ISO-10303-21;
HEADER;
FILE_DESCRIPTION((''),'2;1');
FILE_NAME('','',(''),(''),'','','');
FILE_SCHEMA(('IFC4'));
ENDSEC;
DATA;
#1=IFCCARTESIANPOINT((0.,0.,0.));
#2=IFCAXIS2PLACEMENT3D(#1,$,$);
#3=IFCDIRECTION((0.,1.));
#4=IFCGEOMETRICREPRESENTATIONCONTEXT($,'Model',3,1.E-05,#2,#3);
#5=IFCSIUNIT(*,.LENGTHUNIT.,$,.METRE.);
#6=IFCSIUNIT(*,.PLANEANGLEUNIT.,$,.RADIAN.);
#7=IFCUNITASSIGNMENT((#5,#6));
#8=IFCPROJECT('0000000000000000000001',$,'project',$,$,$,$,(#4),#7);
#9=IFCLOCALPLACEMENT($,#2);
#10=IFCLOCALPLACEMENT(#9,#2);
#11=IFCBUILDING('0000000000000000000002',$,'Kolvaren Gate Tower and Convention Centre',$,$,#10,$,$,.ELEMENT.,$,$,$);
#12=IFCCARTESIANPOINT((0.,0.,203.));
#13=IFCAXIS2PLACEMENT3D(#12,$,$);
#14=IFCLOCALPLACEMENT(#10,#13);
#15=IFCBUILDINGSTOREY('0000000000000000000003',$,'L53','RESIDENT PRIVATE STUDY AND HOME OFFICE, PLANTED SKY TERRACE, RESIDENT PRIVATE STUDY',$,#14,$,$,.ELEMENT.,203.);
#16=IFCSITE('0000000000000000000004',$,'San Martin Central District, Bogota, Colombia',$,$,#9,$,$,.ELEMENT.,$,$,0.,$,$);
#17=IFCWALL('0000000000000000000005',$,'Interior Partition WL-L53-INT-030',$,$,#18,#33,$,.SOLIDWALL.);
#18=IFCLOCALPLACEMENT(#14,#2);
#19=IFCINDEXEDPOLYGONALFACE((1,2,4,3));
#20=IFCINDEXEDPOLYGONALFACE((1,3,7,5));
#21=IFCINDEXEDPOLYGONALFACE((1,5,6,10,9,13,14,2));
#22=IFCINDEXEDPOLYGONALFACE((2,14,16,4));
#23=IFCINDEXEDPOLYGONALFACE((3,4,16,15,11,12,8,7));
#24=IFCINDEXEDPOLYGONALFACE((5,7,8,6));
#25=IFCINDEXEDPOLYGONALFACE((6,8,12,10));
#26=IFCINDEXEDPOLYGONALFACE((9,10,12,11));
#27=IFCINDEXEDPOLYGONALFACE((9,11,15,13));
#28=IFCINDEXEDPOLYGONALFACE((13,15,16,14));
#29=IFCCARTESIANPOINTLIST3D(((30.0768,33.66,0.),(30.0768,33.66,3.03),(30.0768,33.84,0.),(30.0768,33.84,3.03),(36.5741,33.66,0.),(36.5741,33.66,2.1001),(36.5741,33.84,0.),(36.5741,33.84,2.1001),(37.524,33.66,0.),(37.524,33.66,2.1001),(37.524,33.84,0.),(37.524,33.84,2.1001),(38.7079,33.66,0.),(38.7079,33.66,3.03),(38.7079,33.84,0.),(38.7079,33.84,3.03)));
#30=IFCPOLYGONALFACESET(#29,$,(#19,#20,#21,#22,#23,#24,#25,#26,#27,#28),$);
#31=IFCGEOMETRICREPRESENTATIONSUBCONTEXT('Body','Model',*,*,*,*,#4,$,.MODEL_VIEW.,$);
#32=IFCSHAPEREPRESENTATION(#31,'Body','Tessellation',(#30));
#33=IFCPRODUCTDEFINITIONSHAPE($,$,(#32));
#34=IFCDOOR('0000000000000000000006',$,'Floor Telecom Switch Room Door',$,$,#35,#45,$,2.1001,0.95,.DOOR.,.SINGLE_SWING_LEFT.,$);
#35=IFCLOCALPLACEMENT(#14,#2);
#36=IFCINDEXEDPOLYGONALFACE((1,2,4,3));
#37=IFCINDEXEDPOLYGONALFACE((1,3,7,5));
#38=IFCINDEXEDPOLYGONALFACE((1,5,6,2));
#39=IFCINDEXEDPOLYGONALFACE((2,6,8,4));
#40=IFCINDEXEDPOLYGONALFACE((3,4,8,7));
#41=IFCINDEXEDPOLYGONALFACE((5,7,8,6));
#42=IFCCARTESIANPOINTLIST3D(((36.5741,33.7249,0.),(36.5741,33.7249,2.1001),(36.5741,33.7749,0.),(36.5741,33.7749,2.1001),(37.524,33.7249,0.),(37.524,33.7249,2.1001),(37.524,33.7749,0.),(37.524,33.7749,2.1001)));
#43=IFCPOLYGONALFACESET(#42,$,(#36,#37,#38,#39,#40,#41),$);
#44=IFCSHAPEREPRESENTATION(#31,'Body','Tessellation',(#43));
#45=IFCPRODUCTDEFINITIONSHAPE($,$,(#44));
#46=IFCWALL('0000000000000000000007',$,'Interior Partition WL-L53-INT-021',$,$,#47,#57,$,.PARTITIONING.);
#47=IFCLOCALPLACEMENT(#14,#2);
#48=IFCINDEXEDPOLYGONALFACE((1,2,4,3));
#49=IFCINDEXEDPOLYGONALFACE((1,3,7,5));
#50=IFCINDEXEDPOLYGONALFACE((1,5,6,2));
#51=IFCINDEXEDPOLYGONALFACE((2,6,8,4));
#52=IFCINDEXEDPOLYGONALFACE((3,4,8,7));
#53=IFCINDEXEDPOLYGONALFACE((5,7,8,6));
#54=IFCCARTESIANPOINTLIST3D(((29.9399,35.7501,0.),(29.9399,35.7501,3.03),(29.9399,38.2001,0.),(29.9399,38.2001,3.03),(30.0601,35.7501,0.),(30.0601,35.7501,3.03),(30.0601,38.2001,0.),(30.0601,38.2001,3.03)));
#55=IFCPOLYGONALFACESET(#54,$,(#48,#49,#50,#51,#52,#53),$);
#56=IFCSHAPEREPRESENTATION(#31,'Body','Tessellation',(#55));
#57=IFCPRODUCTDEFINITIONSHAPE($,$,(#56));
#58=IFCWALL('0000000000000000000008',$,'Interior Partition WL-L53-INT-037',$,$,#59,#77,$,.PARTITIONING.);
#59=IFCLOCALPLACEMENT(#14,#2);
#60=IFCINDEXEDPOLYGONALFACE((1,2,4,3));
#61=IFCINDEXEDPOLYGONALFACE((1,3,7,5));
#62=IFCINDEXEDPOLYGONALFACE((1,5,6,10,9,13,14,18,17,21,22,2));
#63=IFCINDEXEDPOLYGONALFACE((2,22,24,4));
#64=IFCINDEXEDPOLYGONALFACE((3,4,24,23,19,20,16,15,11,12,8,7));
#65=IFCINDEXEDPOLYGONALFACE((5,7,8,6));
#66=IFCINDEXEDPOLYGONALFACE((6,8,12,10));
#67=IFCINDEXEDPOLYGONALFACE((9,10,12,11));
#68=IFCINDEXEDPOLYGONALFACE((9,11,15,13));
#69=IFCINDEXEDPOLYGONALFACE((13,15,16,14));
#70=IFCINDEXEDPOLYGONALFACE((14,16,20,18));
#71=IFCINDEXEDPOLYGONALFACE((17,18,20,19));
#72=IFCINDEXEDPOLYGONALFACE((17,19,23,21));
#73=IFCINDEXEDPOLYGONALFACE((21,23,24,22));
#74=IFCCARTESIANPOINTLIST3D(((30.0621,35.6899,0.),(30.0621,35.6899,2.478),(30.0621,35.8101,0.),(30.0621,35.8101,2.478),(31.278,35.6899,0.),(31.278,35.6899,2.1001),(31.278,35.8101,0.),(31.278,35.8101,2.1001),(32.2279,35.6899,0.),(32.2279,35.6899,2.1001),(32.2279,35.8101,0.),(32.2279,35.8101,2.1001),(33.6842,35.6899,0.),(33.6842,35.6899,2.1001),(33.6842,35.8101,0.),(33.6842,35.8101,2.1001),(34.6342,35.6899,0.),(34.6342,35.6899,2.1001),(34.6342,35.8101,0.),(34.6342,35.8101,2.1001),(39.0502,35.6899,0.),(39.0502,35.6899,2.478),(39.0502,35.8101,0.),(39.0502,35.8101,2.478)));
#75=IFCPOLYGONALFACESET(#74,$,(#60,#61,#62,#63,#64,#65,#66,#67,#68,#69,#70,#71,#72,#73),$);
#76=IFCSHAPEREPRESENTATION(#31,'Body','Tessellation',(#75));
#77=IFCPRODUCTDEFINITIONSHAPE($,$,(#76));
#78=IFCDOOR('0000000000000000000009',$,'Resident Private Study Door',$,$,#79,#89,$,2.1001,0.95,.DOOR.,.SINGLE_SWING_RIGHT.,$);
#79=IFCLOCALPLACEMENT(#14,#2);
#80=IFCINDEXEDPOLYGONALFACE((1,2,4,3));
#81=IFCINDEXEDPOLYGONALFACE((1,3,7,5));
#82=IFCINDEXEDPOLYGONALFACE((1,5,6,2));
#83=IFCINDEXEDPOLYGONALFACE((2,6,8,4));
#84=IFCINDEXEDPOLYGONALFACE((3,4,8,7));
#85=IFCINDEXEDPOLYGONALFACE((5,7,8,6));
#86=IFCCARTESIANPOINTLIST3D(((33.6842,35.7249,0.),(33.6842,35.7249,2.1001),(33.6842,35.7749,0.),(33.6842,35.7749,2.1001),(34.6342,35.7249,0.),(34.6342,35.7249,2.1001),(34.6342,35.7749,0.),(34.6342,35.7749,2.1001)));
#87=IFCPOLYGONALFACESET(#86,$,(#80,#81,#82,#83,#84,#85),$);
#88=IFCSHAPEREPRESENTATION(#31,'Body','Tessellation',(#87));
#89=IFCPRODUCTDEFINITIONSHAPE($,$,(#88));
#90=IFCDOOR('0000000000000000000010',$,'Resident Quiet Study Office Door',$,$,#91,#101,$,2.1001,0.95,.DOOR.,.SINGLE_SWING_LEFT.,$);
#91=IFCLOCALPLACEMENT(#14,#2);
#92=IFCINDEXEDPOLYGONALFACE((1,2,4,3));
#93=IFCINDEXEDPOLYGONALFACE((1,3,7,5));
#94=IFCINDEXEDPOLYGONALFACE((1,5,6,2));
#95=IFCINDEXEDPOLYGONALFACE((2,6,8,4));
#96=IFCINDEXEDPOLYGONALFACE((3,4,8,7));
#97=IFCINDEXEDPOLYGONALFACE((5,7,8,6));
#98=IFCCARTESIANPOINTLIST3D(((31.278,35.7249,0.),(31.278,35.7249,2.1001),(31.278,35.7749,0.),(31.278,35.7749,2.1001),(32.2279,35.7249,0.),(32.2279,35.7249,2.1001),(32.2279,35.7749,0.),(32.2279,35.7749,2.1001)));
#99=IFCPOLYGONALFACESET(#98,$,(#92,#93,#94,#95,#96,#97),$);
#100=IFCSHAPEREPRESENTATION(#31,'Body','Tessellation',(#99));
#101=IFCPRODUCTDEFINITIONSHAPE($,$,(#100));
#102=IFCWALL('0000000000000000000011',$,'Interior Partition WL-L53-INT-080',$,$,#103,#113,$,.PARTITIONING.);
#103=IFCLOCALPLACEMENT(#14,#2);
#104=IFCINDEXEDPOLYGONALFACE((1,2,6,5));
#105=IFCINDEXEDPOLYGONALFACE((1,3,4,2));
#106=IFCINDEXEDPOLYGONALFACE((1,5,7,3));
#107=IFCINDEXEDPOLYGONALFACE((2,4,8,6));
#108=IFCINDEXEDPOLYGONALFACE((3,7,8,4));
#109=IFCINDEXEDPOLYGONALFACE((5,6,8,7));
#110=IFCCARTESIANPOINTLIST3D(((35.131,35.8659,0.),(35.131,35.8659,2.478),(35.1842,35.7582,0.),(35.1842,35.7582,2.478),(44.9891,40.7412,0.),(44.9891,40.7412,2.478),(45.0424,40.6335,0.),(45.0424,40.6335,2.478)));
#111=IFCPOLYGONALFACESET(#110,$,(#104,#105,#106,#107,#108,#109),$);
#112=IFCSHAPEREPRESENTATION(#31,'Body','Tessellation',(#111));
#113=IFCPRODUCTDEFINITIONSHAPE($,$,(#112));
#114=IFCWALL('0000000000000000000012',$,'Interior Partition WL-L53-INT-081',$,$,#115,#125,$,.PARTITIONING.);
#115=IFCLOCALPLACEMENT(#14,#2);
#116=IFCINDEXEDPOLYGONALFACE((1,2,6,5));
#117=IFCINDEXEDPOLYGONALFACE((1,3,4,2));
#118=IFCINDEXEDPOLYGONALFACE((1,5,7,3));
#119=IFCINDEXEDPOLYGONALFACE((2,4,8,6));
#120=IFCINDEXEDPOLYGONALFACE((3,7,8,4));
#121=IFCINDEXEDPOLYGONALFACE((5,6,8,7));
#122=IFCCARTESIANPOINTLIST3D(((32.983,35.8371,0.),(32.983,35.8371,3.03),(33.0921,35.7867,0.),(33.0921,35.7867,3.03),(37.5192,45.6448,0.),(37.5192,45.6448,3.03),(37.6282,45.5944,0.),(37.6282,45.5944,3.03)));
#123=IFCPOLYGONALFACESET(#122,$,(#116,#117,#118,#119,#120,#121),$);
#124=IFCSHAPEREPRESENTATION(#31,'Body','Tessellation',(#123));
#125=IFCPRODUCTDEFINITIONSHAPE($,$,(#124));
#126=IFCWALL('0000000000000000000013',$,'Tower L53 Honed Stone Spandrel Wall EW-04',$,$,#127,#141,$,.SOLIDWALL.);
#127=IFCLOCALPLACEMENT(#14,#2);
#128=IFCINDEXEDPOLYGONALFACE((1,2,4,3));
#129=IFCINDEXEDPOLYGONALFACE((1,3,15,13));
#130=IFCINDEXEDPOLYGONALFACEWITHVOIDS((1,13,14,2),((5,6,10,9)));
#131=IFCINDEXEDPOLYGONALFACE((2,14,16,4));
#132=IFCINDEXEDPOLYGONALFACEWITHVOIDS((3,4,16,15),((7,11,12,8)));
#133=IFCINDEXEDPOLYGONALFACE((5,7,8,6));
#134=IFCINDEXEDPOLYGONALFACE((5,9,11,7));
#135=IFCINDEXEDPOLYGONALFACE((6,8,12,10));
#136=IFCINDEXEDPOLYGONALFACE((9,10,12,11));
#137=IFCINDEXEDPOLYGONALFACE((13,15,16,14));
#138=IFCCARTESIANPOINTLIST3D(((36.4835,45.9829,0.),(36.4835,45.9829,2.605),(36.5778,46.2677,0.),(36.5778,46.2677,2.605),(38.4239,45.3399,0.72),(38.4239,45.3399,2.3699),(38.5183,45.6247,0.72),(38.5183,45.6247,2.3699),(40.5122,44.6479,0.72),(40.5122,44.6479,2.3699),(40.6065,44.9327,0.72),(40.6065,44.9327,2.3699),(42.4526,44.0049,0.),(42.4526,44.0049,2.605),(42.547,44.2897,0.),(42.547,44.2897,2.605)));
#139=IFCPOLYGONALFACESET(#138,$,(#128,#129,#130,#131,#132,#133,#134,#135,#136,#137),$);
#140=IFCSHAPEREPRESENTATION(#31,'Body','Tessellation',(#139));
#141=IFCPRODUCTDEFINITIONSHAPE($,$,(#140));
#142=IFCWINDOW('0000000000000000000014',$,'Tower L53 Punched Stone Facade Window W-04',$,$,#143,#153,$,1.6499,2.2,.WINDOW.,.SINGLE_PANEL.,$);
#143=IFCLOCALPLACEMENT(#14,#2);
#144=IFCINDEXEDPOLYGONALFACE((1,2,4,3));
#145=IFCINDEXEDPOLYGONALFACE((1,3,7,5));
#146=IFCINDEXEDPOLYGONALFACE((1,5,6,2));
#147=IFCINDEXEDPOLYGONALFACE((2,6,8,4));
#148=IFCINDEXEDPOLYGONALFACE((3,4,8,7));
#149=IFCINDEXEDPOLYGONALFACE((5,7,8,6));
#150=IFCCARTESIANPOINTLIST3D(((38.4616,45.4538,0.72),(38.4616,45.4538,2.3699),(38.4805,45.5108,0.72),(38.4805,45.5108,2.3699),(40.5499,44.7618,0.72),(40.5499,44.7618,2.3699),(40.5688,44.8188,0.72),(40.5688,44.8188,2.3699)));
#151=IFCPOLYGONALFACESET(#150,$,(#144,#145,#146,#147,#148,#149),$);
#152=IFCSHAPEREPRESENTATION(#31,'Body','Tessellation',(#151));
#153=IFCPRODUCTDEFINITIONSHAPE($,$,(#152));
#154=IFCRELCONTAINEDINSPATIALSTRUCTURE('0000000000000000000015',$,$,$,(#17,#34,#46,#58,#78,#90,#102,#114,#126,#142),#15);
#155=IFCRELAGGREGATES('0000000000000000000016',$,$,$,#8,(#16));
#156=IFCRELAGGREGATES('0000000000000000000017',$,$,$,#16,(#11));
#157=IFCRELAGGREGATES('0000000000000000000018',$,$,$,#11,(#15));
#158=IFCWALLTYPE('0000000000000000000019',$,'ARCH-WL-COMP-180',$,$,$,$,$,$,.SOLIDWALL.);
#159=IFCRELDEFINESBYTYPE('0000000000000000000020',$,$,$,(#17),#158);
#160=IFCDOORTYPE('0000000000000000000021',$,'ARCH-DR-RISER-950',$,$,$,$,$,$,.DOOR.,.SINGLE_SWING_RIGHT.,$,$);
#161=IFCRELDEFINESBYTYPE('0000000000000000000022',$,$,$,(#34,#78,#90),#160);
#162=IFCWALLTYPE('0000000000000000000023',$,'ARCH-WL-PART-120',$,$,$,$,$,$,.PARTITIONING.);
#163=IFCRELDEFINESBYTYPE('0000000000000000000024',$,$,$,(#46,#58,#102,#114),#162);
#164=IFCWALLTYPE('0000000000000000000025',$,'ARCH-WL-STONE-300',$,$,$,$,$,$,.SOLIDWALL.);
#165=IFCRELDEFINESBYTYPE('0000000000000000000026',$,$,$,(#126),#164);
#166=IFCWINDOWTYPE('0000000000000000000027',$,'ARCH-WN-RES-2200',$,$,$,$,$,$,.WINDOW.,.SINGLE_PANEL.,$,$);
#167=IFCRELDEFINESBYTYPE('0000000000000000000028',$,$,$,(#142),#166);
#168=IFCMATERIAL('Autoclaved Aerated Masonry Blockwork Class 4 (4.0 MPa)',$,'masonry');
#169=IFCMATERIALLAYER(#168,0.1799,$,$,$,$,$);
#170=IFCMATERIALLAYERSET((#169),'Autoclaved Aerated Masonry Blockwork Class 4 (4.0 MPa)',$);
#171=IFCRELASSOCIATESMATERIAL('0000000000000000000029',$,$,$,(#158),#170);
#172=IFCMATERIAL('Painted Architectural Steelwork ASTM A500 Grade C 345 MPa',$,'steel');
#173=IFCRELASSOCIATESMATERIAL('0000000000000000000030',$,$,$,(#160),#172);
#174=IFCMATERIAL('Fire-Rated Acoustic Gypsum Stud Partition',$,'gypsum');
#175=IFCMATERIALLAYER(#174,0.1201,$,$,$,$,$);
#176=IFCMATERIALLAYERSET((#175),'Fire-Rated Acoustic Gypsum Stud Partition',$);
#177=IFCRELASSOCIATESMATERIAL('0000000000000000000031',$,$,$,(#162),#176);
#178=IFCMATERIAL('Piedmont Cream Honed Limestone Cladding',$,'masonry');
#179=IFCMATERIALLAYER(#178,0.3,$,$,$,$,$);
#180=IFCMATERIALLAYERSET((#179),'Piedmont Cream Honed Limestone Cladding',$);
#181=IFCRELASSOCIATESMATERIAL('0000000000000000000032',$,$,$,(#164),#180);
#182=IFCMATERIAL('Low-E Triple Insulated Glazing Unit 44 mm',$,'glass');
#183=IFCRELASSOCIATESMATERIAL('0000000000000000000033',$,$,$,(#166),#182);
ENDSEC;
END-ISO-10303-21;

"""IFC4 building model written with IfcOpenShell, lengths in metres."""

from ifc_helpers import new_model, si_unit, direction, frame, frame_2d, origin, place, context, subcontext, project, spatial, rectangle, extrude, material, layer, layer_set, type_object, element, fill, save


model = new_model("IFC4")

# Units and contexts
model_context = context("Model", 3, precision=1e-05, world=origin(), true_north=direction((0.0, 1.0)))
body_context = subcontext(model_context, "Body", "Model", "MODEL_VIEW")
ifc_project = project(units=[si_unit("LENGTHUNIT", "METRE"), si_unit("PLANEANGLEUNIT", "RADIAN")], contexts=[model_context])

# Site, building, storey
site_placement = place(None, origin())
site = spatial("IfcSite", under=ifc_project, at=site_placement, Name="San Martin Central District, Bogota, Colombia", CompositionType="ELEMENT", RefElevation=0.0)
building_placement = place(site_placement, origin())
building = spatial("IfcBuilding", under=site, at=building_placement, Name="Kolvaren Gate Tower and Convention Centre", CompositionType="ELEMENT")
storey_placement = place(building_placement, frame((0.0, 0.0, 203.0)))
storey = spatial("IfcBuildingStorey", under=building, at=storey_placement, Name="L53", Description="RESIDENT PRIVATE STUDY AND HOME OFFICE, PLANTED SKY TERRACE, RESIDENT PRIVATE STUDY", CompositionType="ELEMENT", Elevation=203.0)

# Wall, opening, door
ifc_material_1 = material(Name="Autoclaved Aerated Masonry Blockwork Class 4 (4.0 MPa)", Category="masonry")
ifc_layer_1 = layer(ifc_material_1, 0.1799)
ifc_layer_set_1 = layer_set([ifc_layer_1], Name="Autoclaved Aerated Masonry Blockwork Class 4 (4.0 MPa)")
wall_type_1 = type_object("IfcWallType", Name="ARCH-WL-COMP-180", PredefinedType="SOLIDWALL", material=ifc_layer_set_1)
wall_1_placement = place(storey_placement, frame((30.0769, 33.75, 0.0), z_axis=(0.0, 0.0, 1.0), x_axis=(1.0, 0.0, 0.0)))
wall_1 = element("IfcWall", 1, at=wall_1_placement, inside=storey, type_object=wall_type_1, Name="Interior Partition WL-L53-INT-030", PredefinedType="SOLIDWALL", context=body_context, shape_type="SweptSolid", body=[
    extrude(rectangle(XDim=8.6311, YDim=0.1799, at=frame_2d((4.3154, 0.0))), origin(), (0.0, 0.0, 1.0), 3.03),
])
opening_1_placement = place(wall_1_placement, frame((6.4971, 0.0, 0.0)))
opening_1 = element("IfcOpeningElement", 2, at=opening_1_placement, cuts=wall_1, PredefinedType="OPENING", context=body_context, shape_type="SweptSolid", body=[
    extrude(rectangle(XDim=0.95, YDim=2.1001, at=frame_2d((0.4751, 1.05))), frame((0.0, 0.0999, 0.0), z_axis=(0.0, -1.0, 0.0), x_axis=(1.0, 0.0, 0.0)), (0.0, 0.0, 1.0), 0.2),
])
ifc_material_2 = material(Name="Painted Architectural Steelwork ASTM A500 Grade C 345 MPa", Category="steel")
door_type = type_object("IfcDoorType", Name="ARCH-DR-RISER-950", OperationType="SINGLE_SWING_RIGHT", PredefinedType="DOOR", material=ifc_material_2)
door_1_placement = place(opening_1_placement, origin())
door_1 = element("IfcDoor", 3, at=door_1_placement, inside=storey, type_object=door_type, Name="Floor Telecom Switch Room Door", OperationType="SINGLE_SWING_LEFT", OverallHeight=2.1001, OverallWidth=0.95, PredefinedType="DOOR", context=body_context, shape_type="SweptSolid", body=[
    extrude(rectangle(XDim=0.95, YDim=2.1001, at=frame_2d((0.4751, 1.05))), frame((0.0, 0.0249, 0.0), z_axis=(0.0, -1.0, 0.0), x_axis=(1.0, 0.0, 0.0)), (0.0, 0.0, 1.0), 0.05),
])
fill(opening_1, door_1)

# Wall
ifc_material_3 = material(Name="Fire-Rated Acoustic Gypsum Stud Partition", Category="gypsum")
ifc_layer_2 = layer(ifc_material_3, 0.1201)
ifc_layer_set_2 = layer_set([ifc_layer_2], Name="Fire-Rated Acoustic Gypsum Stud Partition")
wall_type_2 = type_object("IfcWallType", Name="ARCH-WL-PART-120", PredefinedType="PARTITIONING", material=ifc_layer_set_2)
wall_2_placement = place(storey_placement, frame((30.0, 35.75, 0.0), z_axis=(0.0, 0.0, 1.0), x_axis=(0.0, 1.0, 0.0)))
element("IfcWall", 4, at=wall_2_placement, inside=storey, type_object=wall_type_2, Name="Interior Partition WL-L53-INT-021", PredefinedType="PARTITIONING", context=body_context, shape_type="SweptSolid", body=[
    extrude(rectangle(XDim=2.45, YDim=0.1201, at=frame_2d((1.2251, 0.0))), origin(), (0.0, 0.0, 1.0), 3.03),
])

# Wall, openings, doors
wall_3_placement = place(storey_placement, frame((30.062, 35.75, 0.0), z_axis=(0.0, 0.0, 1.0), x_axis=(1.0, 0.0, 0.0)))
wall_3 = element("IfcWall", 5, at=wall_3_placement, inside=storey, type_object=wall_type_2, Name="Interior Partition WL-L53-INT-037", PredefinedType="PARTITIONING", context=body_context, shape_type="SweptSolid", body=[
    extrude(rectangle(XDim=8.988, YDim=0.1201, at=frame_2d((4.4941, 0.0))), origin(), (0.0, 0.0, 1.0), 2.478),
])
opening_2_placement = place(wall_3_placement, frame((3.6221, 0.0, 0.0)))
opening_2 = element("IfcOpeningElement", 6, at=opening_2_placement, cuts=wall_3, PredefinedType="OPENING", context=body_context, shape_type="SweptSolid", body=[
    extrude(rectangle(XDim=0.95, YDim=2.1001, at=frame_2d((0.4751, 1.05))), frame((0.0, 0.0701, 0.0), z_axis=(0.0, -1.0, 0.0), x_axis=(1.0, 0.0, 0.0)), (0.0, 0.0, 1.0), 0.1401),
])
opening_3_placement = place(wall_3_placement, frame((1.2158, 0.0, 0.0)))
opening_3 = element("IfcOpeningElement", 7, at=opening_3_placement, cuts=wall_3, PredefinedType="OPENING", context=body_context, shape_type="SweptSolid", body=[
    extrude(rectangle(XDim=0.95, YDim=2.1001, at=frame_2d((0.4751, 1.05))), frame((0.0, 0.0701, 0.0), z_axis=(0.0, -1.0, 0.0), x_axis=(1.0, 0.0, 0.0)), (0.0, 0.0, 1.0), 0.1401),
])
door_2_placement = place(opening_2_placement, origin())
door_2 = element("IfcDoor", 8, at=door_2_placement, inside=storey, type_object=door_type, Name="Resident Private Study Door", OperationType="SINGLE_SWING_RIGHT", OverallHeight=2.1001, OverallWidth=0.95, PredefinedType="DOOR", context=body_context, shape_type="SweptSolid", body=[
    extrude(rectangle(XDim=0.95, YDim=2.1001, at=frame_2d((0.4751, 1.05))), frame((0.0, 0.0249, 0.0), z_axis=(0.0, -1.0, 0.0), x_axis=(1.0, 0.0, 0.0)), (0.0, 0.0, 1.0), 0.05),
])
fill(opening_2, door_2)
door_3_placement = place(opening_3_placement, origin())
door_3 = element("IfcDoor", 9, at=door_3_placement, inside=storey, type_object=door_type, Name="Resident Quiet Study Office Door", OperationType="SINGLE_SWING_LEFT", OverallHeight=2.1001, OverallWidth=0.95, PredefinedType="DOOR", context=body_context, shape_type="SweptSolid", body=[
    extrude(rectangle(XDim=0.95, YDim=2.1001, at=frame_2d((0.4751, 1.05))), frame((0.0, 0.0249, 0.0), z_axis=(0.0, -1.0, 0.0), x_axis=(1.0, 0.0, 0.0)), (0.0, 0.0, 1.0), 0.05),
])
fill(opening_3, door_3)

# Walls
wall_4_placement = place(storey_placement, frame((35.1575, 35.812, 0.0), z_axis=(0.0, 0.0, 1.0), x_axis=(0.896377, 0.443293, 0.0)))
element("IfcWall", 10, at=wall_4_placement, inside=storey, type_object=wall_type_2, Name="Interior Partition WL-L53-INT-080", PredefinedType="PARTITIONING", context=body_context, shape_type="SweptSolid", body=[
    extrude(rectangle(XDim=10.9978, YDim=0.1201, at=frame_2d((5.499, 0.0))), origin(), (0.0, 0.0, 1.0), 2.478),
])
wall_5_placement = place(storey_placement, frame((33.0376, 35.812, 0.0), z_axis=(0.0, 0.0, 1.0), x_axis=(0.419786, 0.907623, 0.0)))
element("IfcWall", 11, at=wall_5_placement, inside=storey, type_object=wall_type_2, Name="Interior Partition WL-L53-INT-081", PredefinedType="PARTITIONING", context=body_context, shape_type="SweptSolid", body=[
    extrude(rectangle(XDim=10.8059, YDim=0.1201, at=frame_2d((5.4028, 0.0))), origin(), (0.0, 0.0, 1.0), 3.03),
])

# Wall, opening, window
ifc_material_4 = material(Name="Piedmont Cream Honed Limestone Cladding", Category="masonry")
ifc_layer_3 = layer(ifc_material_4, 0.3)
ifc_layer_set_3 = layer_set([ifc_layer_3], Name="Piedmont Cream Honed Limestone Cladding")
wall_type_3 = type_object("IfcWallType", Name="ARCH-WL-STONE-300", PredefinedType="SOLIDWALL", material=ifc_layer_set_3)
wall_6_placement = place(storey_placement, frame((36.5308, 46.1252, 0.0), z_axis=(0.0, 0.0, 1.0), x_axis=(0.949241, -0.31455, 0.0)))
wall_6 = element("IfcWall", 12, at=wall_6_placement, inside=storey, type_object=wall_type_3, Name="Tower L53 Honed Stone Spandrel Wall EW-04", PredefinedType="SOLIDWALL", context=body_context, shape_type="SweptSolid", body=[
    extrude(rectangle(XDim=6.2883, YDim=0.3, at=frame_2d((3.144, 0.0))), origin(), (0.0, 0.0, 1.0), 2.605),
])
opening_4_placement = place(wall_6_placement, frame((2.0439, 0.0, 0.72)))
opening_4 = element("IfcOpeningElement", 13, at=opening_4_placement, cuts=wall_6, PredefinedType="OPENING", context=body_context, shape_type="SweptSolid", body=[
    extrude(rectangle(XDim=2.2, YDim=1.6499, at=frame_2d((1.1001, 0.825))), frame((0.0, 0.1599, 0.0), z_axis=(0.0, -1.0, 0.0), x_axis=(1.0, 0.0, 0.0)), (0.0, 0.0, 1.0), 0.3201),
])
ifc_material_5 = material(Name="Low-E Triple Insulated Glazing Unit 44 mm", Category="glass")
window_type = type_object("IfcWindowType", Name="ARCH-WN-RES-2200", PartitioningType="SINGLE_PANEL", PredefinedType="WINDOW", material=ifc_material_5)
window_1_placement = place(opening_4_placement, origin())
window_1 = element("IfcWindow", 14, at=window_1_placement, inside=storey, type_object=window_type, Name="Tower L53 Punched Stone Facade Window W-04", OverallHeight=1.6499, OverallWidth=2.2, PartitioningType="SINGLE_PANEL", PredefinedType="WINDOW", context=body_context, shape_type="SweptSolid", body=[
    extrude(rectangle(XDim=2.2, YDim=1.6499, at=frame_2d((1.1001, 0.825))), frame((0.0, 0.03, 0.0), z_axis=(0.0, -1.0, 0.0), x_axis=(1.0, 0.0, 0.0)), (0.0, 0.0, 1.0), 0.0601),
])
fill(opening_4, window_1)

save(model, "model.ifc")
